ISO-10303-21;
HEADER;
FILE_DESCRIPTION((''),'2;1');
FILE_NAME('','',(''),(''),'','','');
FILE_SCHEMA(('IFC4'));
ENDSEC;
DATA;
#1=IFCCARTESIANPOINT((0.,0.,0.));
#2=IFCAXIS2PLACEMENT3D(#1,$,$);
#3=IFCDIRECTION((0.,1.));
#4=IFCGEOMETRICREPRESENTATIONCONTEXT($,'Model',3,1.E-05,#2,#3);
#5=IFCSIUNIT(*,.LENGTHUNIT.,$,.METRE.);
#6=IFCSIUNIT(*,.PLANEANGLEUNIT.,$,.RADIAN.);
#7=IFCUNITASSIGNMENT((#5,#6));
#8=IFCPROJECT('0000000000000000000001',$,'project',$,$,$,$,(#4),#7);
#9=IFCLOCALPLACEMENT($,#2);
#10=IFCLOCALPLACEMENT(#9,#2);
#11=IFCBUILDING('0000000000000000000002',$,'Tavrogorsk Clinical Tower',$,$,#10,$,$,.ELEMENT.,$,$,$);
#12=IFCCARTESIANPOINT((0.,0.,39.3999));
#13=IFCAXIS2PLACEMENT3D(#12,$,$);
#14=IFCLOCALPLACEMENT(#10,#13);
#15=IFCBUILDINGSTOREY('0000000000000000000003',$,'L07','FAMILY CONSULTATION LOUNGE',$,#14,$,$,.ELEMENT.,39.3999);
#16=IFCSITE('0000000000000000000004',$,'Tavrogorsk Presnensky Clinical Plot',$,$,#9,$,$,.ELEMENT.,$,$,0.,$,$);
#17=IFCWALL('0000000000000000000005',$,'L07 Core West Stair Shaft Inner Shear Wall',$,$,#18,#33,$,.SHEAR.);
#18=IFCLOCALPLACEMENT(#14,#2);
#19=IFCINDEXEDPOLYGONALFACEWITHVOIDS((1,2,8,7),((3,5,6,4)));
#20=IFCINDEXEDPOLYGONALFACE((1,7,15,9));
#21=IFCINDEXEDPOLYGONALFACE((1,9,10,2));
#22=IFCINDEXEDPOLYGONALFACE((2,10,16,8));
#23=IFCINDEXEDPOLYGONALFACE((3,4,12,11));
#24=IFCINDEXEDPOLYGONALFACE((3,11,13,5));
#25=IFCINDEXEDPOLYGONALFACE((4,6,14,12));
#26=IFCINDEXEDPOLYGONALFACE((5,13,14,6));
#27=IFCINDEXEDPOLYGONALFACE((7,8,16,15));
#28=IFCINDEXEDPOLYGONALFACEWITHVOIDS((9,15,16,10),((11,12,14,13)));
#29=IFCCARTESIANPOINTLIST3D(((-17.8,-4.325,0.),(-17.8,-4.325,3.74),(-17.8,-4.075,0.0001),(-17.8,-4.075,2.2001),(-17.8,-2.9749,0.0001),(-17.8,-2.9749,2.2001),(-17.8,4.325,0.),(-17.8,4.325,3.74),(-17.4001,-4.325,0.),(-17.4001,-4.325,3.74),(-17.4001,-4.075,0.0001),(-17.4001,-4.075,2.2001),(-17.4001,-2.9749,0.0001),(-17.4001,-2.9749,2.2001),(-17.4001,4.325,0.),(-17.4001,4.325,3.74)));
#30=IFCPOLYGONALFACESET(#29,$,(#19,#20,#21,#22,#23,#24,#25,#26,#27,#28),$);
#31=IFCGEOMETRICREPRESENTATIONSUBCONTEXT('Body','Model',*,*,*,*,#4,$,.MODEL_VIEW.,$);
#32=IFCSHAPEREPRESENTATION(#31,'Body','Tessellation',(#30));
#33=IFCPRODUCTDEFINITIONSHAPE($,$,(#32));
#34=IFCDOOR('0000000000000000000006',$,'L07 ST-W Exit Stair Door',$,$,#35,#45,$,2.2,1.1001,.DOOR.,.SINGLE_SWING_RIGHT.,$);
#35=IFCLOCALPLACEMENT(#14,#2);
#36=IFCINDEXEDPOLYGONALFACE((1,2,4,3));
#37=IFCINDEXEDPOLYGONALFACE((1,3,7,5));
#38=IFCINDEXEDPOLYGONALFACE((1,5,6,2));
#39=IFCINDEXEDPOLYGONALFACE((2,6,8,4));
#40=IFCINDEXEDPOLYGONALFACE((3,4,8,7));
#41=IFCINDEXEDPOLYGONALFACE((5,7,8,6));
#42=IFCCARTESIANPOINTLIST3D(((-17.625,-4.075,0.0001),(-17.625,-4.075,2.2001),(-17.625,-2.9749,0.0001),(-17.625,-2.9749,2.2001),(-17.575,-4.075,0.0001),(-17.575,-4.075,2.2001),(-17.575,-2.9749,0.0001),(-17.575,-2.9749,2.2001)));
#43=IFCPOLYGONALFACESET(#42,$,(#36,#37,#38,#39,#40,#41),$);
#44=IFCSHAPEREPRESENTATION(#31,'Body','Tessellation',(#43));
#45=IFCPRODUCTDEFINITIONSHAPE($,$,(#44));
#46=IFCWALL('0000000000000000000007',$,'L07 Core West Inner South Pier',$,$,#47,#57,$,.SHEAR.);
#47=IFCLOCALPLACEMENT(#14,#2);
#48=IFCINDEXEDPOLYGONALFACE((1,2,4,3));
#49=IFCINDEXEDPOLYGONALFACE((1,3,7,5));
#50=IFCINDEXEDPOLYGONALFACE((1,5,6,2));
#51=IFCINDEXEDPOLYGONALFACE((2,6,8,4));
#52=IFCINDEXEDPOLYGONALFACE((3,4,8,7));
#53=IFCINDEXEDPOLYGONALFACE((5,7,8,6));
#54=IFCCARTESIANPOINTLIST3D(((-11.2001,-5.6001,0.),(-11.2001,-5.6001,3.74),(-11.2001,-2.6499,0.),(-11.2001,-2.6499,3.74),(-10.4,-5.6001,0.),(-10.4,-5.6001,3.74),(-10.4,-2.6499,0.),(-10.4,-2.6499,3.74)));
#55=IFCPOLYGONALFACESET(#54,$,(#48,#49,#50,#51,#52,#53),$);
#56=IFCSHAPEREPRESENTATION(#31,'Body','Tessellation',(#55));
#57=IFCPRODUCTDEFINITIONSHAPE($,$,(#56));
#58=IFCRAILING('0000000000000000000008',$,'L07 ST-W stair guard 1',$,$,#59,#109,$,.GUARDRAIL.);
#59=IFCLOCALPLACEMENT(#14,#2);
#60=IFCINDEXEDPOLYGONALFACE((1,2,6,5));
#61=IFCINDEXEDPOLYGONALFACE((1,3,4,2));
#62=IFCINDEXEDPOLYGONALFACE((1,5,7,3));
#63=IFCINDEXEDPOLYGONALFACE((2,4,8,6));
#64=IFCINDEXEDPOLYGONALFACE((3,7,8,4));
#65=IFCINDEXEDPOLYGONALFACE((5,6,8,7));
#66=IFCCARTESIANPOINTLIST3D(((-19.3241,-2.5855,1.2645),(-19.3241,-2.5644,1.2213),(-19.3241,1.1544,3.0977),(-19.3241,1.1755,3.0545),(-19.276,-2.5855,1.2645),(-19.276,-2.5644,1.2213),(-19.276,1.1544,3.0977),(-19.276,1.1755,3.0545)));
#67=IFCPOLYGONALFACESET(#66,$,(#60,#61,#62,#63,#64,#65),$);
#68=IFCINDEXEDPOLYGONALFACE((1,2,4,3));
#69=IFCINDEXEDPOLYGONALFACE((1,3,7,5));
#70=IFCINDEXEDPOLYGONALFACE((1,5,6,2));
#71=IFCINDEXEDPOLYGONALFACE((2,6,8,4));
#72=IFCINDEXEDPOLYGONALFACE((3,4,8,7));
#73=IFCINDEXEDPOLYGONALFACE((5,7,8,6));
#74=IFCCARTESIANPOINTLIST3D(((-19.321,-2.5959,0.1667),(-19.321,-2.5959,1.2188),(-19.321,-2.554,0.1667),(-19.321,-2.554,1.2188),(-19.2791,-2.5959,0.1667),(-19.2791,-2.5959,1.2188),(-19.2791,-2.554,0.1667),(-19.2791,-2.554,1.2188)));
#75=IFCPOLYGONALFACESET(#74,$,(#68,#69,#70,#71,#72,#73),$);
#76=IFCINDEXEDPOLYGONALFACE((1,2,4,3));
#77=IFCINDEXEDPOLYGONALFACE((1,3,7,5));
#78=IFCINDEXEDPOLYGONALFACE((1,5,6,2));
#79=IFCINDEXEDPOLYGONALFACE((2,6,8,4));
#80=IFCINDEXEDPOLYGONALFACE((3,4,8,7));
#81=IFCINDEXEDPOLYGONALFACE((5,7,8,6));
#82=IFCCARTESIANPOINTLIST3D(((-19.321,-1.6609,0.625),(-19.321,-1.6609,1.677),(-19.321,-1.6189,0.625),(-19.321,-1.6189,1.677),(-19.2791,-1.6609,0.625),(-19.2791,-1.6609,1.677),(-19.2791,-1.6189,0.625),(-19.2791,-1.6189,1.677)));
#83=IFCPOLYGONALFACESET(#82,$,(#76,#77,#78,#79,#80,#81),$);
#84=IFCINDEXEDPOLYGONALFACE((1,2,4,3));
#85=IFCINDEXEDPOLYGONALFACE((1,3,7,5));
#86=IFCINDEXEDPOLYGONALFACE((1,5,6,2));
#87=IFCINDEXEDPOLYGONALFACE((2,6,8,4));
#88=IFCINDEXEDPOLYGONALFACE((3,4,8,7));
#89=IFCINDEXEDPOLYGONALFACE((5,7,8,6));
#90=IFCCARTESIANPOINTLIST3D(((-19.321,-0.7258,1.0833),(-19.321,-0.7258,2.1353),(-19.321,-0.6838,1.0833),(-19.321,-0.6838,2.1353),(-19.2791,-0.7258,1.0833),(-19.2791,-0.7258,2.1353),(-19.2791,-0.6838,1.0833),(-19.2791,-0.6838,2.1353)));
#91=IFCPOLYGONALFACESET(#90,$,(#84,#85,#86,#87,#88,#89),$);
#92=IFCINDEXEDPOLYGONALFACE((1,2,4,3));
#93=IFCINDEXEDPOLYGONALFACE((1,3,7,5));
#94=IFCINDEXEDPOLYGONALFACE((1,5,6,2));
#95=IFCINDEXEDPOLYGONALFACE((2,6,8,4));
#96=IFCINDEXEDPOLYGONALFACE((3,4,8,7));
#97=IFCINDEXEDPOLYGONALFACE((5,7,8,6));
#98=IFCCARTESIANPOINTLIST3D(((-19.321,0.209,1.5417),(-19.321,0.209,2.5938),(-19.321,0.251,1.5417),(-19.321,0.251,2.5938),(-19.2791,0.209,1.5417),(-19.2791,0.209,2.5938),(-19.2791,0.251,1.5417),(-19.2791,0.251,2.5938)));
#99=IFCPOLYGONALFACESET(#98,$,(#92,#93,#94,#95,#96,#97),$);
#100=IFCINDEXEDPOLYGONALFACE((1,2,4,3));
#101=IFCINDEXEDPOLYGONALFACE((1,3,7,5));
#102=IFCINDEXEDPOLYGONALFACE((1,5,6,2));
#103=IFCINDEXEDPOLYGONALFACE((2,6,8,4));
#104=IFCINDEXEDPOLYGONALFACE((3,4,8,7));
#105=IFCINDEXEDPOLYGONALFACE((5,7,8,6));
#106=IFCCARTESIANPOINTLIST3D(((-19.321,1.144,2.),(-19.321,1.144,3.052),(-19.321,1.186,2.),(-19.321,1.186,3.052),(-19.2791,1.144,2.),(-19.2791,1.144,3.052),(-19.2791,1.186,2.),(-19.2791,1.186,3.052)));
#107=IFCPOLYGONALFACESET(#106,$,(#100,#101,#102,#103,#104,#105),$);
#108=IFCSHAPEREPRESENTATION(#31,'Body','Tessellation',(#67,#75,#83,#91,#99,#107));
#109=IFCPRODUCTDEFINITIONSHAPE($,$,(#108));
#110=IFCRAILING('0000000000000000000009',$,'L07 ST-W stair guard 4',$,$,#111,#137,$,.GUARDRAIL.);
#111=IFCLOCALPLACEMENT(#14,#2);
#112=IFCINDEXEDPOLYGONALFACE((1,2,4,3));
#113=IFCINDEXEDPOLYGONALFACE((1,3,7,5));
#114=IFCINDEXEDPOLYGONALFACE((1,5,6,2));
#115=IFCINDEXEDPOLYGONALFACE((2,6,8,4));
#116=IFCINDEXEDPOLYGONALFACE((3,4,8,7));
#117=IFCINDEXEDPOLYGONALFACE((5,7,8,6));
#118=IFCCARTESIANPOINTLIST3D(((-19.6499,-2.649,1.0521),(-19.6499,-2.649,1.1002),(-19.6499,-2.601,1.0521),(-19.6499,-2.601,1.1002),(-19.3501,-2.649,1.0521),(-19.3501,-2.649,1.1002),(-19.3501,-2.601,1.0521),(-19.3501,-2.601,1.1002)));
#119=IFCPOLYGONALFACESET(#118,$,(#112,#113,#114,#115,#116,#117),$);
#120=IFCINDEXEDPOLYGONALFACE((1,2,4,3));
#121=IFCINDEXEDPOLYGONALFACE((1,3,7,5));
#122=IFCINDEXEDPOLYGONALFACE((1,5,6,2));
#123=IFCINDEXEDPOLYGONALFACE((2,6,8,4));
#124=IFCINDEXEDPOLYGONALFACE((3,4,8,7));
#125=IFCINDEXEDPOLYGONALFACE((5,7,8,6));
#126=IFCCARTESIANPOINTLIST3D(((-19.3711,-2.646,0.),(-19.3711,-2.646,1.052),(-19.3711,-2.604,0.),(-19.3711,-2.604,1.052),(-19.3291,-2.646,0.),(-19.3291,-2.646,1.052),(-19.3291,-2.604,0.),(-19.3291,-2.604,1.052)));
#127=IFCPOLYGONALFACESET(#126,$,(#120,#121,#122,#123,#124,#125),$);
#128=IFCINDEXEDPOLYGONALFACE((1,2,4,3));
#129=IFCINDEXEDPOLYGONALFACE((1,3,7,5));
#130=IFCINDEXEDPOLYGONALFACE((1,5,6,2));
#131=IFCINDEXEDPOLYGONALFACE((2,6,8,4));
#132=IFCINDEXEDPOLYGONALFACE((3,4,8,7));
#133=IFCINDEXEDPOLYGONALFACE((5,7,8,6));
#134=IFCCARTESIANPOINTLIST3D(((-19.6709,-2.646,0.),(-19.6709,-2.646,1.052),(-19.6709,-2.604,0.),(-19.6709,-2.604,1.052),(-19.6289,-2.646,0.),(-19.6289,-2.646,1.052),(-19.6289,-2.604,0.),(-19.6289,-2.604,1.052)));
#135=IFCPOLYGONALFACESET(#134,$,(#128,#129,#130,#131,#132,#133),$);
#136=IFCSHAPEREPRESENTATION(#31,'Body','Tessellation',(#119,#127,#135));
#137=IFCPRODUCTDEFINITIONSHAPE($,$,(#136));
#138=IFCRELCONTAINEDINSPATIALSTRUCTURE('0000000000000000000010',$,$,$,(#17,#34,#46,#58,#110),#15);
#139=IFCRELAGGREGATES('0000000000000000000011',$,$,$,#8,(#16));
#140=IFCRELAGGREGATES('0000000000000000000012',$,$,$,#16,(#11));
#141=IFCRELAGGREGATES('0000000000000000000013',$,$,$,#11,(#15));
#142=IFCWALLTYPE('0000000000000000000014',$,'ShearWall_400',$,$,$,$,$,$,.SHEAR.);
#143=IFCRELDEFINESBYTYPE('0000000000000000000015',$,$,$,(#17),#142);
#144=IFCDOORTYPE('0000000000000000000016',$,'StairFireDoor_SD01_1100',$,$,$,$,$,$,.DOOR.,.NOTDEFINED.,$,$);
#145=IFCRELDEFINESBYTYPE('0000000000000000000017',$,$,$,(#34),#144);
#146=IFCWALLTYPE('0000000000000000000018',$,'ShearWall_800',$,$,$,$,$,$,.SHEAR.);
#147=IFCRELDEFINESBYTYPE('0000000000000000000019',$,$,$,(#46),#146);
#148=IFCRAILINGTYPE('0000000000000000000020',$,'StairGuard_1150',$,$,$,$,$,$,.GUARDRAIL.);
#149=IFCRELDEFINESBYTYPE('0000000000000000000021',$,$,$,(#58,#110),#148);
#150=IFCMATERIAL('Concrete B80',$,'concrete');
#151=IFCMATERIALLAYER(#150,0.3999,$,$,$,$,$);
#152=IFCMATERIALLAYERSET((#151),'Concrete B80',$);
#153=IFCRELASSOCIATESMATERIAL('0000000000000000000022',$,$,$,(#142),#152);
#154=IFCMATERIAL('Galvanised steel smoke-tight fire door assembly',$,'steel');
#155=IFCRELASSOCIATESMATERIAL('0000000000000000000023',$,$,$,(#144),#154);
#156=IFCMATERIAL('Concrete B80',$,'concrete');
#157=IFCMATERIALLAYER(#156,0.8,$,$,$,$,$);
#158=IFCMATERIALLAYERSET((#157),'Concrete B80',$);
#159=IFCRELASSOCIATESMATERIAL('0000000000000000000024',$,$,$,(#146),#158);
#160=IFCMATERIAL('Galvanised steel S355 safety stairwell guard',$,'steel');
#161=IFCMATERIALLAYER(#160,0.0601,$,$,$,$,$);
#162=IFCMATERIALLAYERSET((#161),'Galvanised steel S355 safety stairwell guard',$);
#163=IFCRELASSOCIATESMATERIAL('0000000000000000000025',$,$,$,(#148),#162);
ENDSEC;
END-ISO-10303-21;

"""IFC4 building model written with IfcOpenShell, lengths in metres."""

from ifc_helpers import new_model, si_unit, direction, frame, frame_2d, origin, origin_2d, place, context, subcontext, project, spatial, rectangle, extrude, material, layer, layer_set, type_object, element, fill, save


model = new_model("IFC4")

# Units and contexts
model_context = context("Model", 3, precision=1e-05, world=origin(), true_north=direction((0.0, 1.0)))
body_context = subcontext(model_context, "Body", "Model", "MODEL_VIEW")
ifc_project = project(units=[si_unit("LENGTHUNIT", "METRE"), si_unit("PLANEANGLEUNIT", "RADIAN")], contexts=[model_context])

# Site, building, storey
site_placement = place(None, origin())
site = spatial("IfcSite", under=ifc_project, at=site_placement, Name="Tavrogorsk Presnensky Clinical Plot", CompositionType="ELEMENT", RefElevation=0.0)
building_placement = place(site_placement, origin())
building = spatial("IfcBuilding", under=site, at=building_placement, Name="Tavrogorsk Clinical Tower", CompositionType="ELEMENT")
storey_placement = place(building_placement, frame((0.0, 0.0, 39.3999)))
storey = spatial("IfcBuildingStorey", under=building, at=storey_placement, Name="L07", Description="FAMILY CONSULTATION LOUNGE", CompositionType="ELEMENT", Elevation=39.3999)

# Wall, opening, door
ifc_material_1 = material(Name="Concrete B80", Category="concrete")
ifc_layer_1 = layer(ifc_material_1, 0.3999)
ifc_layer_set_1 = layer_set([ifc_layer_1], Name="Concrete B80")
wall_type_1 = type_object("IfcWallType", Name="ShearWall_400", PredefinedType="SHEAR", material=ifc_layer_set_1)
wall_1_placement = place(storey_placement, frame((-17.6001, -4.325, 0.0), z_axis=(0.0, 0.0, 1.0), x_axis=(0.0, 1.0, 0.0)))
wall_1 = element("IfcWall", 1, at=wall_1_placement, inside=storey, type_object=wall_type_1, Name="L07 Core West Stair Shaft Inner Shear Wall", PredefinedType="SHEAR", context=body_context, shape_type="SweptSolid", body=[
    extrude(rectangle(XDim=8.6499, YDim=0.3999, at=frame_2d((4.325, 0.0))), origin(), (0.0, 0.0, 1.0), 3.74),
])
opening_1_placement = place(wall_1_placement, frame((0.25, 0.0, 0.0)))
opening_1 = element("IfcOpeningElement", 2, at=opening_1_placement, cuts=wall_1, PredefinedType="OPENING", context=body_context, shape_type="SweptSolid", body=[
    extrude(rectangle(XDim=1.1001, YDim=2.2, at=frame_2d((0.55, 1.1001))), frame((0.0, 0.21, 0.0), z_axis=(0.0, -1.0, 0.0), x_axis=(1.0, 0.0, 0.0)), (0.0, 0.0, 1.0), 0.4199),
])
ifc_material_2 = material(Name="Galvanised steel smoke-tight fire door assembly", Category="steel")
door_type_1 = type_object("IfcDoorType", Name="StairFireDoor_SD01_1100", OperationType="NOTDEFINED", PredefinedType="DOOR", material=ifc_material_2)
door_1_placement = place(opening_1_placement, origin())
door_1 = element("IfcDoor", 3, at=door_1_placement, inside=storey, type_object=door_type_1, Name="L07 ST-W Exit Stair Door", OperationType="SINGLE_SWING_RIGHT", OverallHeight=2.2, OverallWidth=1.1001, PredefinedType="DOOR", context=body_context, shape_type="SweptSolid", body=[
    extrude(rectangle(XDim=1.1001, YDim=2.2, at=frame_2d((0.55, 1.1001))), frame((0.0, 0.0249, 0.0), z_axis=(0.0, -1.0, 0.0), x_axis=(1.0, 0.0, 0.0)), (0.0, 0.0, 1.0), 0.05),
])
fill(opening_1, door_1)

# Wall
ifc_material_3 = material(Name="Concrete B80", Category="concrete")
ifc_layer_2 = layer(ifc_material_3, 0.8)
ifc_layer_set_2 = layer_set([ifc_layer_2], Name="Concrete B80")
wall_type_2 = type_object("IfcWallType", Name="ShearWall_800", PredefinedType="SHEAR", material=ifc_layer_set_2)
wall_2_placement = place(storey_placement, frame((-10.8, -5.6001, 0.0), z_axis=(0.0, 0.0, 1.0), x_axis=(0.0, 1.0, 0.0)))
element("IfcWall", 4, at=wall_2_placement, inside=storey, type_object=wall_type_2, Name="L07 Core West Inner South Pier", PredefinedType="SHEAR", context=body_context, shape_type="SweptSolid", body=[
    extrude(rectangle(XDim=2.9502, YDim=0.8, at=frame_2d((1.4751, 0.0))), origin(), (0.0, 0.0, 1.0), 3.74),
])

# Railings
ifc_material_4 = material(Name="Galvanised steel S355 safety stairwell guard", Category="steel")
ifc_layer_3 = layer(ifc_material_4, 0.0601)
ifc_layer_set_3 = layer_set([ifc_layer_3], Name="Galvanised steel S355 safety stairwell guard")
railing_type = type_object("IfcRailingType", Name="StairGuard_1150", PredefinedType="GUARDRAIL", material=ifc_layer_set_3)
railing_1_placement = place(storey_placement, frame((-19.3, -2.575, 0.1667)))
element("IfcRailing", 5, at=railing_1_placement, inside=storey, type_object=railing_type, Name="L07 ST-W stair guard 1", PredefinedType="GUARDRAIL", context=body_context, shape_type="SweptSolid", body=[
    extrude(rectangle(XDim=0.0481, YDim=0.0481, at=origin_2d()), frame((0.0, 0.0, 1.0762), z_axis=(0.0, 0.897928, 0.440142), x_axis=(-1.0, 0.0, 0.0)), (0.0, 0.0, 1.0), 4.165),
    extrude(rectangle(XDim=0.042, YDim=0.042, at=origin_2d()), origin(), (0.0, 0.0, 1.0), 1.052),
    extrude(rectangle(XDim=0.042, YDim=0.042, at=origin_2d()), frame((0.0, 0.9351, 0.4583)), (0.0, 0.0, 1.0), 1.052),
    extrude(rectangle(XDim=0.042, YDim=0.042, at=origin_2d()), frame((0.0, 1.8701, 0.9165)), (0.0, 0.0, 1.0), 1.052),
    extrude(rectangle(XDim=0.042, YDim=0.042, at=origin_2d()), frame((0.0, 2.8049, 1.375)), (0.0, 0.0, 1.0), 1.052),
    extrude(rectangle(XDim=0.042, YDim=0.042, at=origin_2d()), frame((0.0, 3.74, 1.8333)), (0.0, 0.0, 1.0), 1.052),
])
railing_2_placement = place(storey_placement, frame((-19.3501, -2.625, 0.0)))
element("IfcRailing", 6, at=railing_2_placement, inside=storey, type_object=railing_type, Name="L07 ST-W stair guard 4", PredefinedType="GUARDRAIL", context=body_context, shape_type="SweptSolid", body=[
    extrude(rectangle(XDim=0.0481, YDim=0.0481, at=origin_2d()), frame((0.0, 0.0, 1.0762), z_axis=(-1.0, 0.0, 0.0), x_axis=(0.0, -1.0, 0.0)), (0.0, 0.0, 1.0), 0.2998),
    extrude(rectangle(XDim=0.042, YDim=0.042, at=origin_2d()), origin(), (0.0, 0.0, 1.0), 1.052),
    extrude(rectangle(XDim=0.042, YDim=0.042, at=origin_2d()), frame((-0.2998, 0.0, 0.0)), (0.0, 0.0, 1.0), 1.052),
])

save(model, "model.ifc")
